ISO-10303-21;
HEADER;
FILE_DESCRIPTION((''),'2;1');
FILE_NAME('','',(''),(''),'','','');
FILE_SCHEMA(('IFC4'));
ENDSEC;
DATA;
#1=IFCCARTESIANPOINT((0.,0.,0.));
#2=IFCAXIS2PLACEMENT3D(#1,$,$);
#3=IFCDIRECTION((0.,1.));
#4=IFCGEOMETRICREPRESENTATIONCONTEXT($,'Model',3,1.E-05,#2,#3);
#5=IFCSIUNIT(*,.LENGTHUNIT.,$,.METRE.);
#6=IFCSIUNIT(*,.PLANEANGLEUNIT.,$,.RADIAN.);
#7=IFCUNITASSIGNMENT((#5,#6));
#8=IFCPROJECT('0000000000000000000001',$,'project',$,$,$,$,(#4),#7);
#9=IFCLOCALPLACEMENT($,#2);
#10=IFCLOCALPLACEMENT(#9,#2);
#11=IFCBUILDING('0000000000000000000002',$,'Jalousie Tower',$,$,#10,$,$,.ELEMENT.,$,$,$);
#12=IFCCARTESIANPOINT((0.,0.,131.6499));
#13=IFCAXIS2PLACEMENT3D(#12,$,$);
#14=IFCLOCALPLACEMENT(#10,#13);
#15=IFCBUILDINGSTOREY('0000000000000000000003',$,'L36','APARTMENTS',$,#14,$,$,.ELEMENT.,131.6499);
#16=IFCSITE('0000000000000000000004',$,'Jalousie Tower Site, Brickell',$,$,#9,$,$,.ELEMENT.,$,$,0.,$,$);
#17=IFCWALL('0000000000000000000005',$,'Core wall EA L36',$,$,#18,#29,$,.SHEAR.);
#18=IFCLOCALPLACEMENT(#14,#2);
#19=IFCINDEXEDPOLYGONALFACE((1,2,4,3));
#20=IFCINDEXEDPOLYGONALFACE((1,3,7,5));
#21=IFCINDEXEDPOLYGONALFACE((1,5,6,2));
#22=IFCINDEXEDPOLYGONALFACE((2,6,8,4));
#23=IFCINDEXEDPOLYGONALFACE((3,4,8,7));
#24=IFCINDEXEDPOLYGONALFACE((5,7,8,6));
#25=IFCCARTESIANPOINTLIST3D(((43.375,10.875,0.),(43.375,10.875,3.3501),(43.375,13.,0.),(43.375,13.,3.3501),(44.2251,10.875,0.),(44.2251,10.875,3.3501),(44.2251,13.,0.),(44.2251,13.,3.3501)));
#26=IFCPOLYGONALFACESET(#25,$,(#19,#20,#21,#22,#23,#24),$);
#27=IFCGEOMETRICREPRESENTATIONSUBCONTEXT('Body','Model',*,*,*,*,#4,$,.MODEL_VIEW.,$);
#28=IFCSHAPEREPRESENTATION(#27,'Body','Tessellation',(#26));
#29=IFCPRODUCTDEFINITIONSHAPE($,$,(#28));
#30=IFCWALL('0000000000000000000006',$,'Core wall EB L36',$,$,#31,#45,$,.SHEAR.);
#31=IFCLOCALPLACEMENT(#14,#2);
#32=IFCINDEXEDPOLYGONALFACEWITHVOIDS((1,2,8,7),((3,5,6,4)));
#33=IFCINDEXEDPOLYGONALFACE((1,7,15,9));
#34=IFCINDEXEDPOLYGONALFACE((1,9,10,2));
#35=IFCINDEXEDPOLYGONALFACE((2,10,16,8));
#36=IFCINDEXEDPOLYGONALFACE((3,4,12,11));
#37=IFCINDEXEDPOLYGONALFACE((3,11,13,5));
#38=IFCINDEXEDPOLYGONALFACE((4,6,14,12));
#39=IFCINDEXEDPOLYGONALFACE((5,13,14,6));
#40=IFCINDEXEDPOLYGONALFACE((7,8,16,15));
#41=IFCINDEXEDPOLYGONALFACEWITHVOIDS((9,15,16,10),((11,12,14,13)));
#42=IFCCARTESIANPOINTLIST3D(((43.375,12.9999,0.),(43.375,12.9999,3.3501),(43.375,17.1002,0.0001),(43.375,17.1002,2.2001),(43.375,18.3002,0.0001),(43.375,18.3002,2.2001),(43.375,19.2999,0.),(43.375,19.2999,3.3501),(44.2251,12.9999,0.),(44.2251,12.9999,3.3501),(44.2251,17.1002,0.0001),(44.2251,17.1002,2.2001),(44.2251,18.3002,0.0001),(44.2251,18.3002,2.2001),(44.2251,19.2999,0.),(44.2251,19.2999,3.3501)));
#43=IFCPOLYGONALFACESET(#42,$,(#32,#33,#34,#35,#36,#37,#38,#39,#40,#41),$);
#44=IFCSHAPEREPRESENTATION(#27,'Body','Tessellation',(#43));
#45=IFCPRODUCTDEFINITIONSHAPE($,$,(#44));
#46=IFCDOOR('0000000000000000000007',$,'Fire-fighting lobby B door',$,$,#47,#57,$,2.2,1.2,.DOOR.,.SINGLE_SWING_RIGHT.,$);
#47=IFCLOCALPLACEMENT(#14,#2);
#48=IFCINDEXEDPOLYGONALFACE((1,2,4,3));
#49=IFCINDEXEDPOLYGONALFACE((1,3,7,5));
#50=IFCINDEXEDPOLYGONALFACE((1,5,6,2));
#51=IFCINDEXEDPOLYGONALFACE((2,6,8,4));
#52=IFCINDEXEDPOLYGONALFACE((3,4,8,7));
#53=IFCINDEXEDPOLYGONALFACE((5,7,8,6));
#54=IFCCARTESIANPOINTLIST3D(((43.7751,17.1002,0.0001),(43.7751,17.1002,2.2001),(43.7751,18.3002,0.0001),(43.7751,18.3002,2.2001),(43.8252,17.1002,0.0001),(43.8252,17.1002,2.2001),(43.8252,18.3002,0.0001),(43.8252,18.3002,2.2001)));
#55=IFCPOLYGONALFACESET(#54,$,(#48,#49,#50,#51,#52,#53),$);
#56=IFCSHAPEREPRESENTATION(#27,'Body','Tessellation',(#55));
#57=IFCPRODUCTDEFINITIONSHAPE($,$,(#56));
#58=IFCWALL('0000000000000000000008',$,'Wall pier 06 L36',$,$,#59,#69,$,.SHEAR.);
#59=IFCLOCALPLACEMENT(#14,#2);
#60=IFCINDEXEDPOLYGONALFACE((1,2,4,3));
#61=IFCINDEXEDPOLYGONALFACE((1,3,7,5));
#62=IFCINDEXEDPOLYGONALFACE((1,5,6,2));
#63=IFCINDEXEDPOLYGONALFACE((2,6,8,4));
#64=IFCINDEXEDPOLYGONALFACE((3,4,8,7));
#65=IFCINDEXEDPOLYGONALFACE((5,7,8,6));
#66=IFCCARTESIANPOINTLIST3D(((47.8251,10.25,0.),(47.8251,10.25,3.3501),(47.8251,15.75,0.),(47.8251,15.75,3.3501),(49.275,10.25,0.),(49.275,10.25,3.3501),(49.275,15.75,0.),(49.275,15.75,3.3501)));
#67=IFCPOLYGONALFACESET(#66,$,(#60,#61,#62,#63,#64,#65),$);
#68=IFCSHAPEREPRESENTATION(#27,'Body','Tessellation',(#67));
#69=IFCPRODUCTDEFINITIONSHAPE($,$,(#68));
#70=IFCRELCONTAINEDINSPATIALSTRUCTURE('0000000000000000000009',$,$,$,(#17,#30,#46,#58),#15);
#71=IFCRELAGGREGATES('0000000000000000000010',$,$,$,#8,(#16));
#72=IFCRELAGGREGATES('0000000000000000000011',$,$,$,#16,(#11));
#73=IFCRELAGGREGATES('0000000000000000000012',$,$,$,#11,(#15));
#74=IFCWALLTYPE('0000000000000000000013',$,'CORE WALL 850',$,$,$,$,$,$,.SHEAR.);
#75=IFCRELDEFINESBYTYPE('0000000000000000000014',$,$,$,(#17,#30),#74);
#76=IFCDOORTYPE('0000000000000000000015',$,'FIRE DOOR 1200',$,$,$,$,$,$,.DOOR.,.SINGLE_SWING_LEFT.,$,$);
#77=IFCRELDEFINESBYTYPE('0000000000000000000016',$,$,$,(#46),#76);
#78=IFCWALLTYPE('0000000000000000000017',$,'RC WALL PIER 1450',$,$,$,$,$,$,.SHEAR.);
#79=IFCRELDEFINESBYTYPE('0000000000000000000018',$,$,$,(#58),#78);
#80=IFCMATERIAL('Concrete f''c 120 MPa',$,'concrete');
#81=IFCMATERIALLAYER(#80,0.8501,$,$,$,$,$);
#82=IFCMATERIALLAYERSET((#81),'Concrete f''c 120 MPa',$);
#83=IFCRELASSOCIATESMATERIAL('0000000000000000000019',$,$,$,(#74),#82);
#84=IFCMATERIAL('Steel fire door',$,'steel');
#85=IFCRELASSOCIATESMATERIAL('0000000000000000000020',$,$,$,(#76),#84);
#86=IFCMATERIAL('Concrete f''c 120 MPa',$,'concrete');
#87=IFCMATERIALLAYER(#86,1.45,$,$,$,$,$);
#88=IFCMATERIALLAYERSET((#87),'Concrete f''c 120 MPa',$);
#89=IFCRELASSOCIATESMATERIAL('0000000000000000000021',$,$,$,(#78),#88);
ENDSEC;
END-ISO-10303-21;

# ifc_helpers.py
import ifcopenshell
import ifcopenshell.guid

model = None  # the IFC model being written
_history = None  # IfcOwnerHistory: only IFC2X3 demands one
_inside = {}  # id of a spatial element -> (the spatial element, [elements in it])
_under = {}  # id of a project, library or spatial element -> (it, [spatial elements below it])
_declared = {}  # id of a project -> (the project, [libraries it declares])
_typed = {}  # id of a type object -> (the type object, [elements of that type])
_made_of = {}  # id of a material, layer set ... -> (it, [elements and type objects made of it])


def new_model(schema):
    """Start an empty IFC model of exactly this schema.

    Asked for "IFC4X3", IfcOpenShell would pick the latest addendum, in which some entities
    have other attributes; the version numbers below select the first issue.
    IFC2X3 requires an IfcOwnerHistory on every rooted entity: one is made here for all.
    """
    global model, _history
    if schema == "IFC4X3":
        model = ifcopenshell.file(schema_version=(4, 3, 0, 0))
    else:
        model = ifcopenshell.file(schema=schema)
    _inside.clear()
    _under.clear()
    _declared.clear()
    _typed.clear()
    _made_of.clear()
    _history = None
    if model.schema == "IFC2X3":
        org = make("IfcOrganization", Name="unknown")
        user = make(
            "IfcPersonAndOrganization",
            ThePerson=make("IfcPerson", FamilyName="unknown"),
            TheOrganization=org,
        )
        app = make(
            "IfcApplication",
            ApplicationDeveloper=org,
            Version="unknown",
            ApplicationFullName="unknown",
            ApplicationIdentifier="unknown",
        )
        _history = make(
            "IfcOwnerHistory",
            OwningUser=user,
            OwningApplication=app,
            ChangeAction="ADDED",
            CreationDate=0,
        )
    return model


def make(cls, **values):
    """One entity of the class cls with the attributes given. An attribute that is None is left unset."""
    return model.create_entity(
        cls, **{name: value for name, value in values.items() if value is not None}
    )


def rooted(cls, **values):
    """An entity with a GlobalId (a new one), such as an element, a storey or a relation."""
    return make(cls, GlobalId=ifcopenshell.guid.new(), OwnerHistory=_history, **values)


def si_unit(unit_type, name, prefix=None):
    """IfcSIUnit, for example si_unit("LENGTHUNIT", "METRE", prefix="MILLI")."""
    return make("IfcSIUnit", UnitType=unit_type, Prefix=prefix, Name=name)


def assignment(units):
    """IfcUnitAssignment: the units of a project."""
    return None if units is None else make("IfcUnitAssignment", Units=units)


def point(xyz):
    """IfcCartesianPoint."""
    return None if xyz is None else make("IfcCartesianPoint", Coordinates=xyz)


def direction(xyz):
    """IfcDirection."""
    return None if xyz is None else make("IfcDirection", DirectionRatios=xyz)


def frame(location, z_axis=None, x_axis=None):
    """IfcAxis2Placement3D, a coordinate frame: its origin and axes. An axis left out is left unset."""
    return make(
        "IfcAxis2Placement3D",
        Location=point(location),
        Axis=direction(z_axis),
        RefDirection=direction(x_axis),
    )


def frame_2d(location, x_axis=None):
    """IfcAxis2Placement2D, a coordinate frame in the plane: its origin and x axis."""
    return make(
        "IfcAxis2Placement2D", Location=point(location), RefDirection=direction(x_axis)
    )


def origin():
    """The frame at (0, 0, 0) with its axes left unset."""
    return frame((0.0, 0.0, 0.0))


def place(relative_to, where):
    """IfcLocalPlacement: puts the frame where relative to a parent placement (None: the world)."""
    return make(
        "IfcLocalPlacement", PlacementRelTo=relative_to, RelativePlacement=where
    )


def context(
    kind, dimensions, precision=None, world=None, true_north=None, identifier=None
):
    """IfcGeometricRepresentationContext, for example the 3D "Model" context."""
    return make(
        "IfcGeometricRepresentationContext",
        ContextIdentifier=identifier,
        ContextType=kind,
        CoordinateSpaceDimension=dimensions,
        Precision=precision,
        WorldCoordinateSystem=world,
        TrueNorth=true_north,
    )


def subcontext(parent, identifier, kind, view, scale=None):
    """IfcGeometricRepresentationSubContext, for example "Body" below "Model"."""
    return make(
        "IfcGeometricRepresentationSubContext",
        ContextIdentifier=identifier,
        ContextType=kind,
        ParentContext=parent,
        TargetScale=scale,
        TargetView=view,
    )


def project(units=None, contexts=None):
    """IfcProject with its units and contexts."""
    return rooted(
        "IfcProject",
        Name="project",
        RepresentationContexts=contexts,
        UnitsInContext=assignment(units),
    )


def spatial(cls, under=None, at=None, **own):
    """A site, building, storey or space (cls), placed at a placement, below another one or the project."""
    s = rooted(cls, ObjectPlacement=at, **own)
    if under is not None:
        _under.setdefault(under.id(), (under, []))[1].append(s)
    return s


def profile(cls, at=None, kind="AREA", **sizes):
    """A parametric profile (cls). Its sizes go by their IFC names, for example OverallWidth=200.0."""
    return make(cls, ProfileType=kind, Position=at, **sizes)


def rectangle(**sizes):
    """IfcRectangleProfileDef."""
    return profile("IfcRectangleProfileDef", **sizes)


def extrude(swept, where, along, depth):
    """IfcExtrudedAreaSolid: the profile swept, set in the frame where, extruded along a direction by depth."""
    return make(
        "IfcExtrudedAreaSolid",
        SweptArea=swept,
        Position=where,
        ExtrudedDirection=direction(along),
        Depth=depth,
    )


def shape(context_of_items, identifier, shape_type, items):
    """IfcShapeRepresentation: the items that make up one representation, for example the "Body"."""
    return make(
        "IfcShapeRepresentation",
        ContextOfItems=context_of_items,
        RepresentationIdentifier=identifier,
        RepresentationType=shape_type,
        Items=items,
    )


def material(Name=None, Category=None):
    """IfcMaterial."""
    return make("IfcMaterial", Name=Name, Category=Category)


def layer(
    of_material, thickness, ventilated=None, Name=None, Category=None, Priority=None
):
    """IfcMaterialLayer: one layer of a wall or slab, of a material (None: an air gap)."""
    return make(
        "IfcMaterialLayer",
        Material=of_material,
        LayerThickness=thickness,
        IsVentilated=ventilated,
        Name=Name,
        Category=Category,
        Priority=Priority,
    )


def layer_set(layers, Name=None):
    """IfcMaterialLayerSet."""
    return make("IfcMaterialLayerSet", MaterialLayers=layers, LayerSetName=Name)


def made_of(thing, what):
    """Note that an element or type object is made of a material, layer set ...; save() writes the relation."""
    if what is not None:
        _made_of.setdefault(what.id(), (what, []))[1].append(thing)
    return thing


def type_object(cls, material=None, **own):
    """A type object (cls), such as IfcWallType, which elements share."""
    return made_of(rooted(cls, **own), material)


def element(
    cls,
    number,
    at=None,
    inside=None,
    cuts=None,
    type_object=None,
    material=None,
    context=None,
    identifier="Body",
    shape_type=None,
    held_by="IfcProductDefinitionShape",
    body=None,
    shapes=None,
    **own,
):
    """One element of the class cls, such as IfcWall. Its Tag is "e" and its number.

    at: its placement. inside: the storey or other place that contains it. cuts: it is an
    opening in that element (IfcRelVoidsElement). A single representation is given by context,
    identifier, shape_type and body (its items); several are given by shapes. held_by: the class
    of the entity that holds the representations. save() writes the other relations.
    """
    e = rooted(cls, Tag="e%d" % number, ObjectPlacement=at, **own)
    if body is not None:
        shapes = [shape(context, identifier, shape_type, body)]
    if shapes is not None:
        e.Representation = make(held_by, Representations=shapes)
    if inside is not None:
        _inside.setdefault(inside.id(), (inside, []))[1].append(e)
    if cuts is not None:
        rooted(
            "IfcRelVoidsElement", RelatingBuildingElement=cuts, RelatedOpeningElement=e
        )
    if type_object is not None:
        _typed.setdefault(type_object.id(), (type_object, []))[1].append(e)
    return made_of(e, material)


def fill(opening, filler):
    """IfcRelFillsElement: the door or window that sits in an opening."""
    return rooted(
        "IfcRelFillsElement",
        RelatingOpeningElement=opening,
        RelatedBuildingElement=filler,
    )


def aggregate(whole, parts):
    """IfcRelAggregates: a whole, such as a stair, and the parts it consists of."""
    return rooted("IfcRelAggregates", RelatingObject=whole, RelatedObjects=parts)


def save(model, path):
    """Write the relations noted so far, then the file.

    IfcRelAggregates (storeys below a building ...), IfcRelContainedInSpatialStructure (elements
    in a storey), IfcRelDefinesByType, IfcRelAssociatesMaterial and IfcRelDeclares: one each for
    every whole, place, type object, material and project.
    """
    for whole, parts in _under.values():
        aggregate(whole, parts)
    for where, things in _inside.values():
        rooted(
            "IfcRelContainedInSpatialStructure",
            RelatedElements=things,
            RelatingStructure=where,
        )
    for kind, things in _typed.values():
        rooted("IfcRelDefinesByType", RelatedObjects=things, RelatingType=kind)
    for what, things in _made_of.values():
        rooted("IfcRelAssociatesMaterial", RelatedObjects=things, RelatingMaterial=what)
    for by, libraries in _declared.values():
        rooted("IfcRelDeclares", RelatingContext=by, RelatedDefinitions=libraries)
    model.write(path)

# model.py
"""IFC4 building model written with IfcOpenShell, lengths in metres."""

from ifc_helpers import new_model, si_unit, direction, frame, frame_2d, origin, place, context, subcontext, project, spatial, rectangle, extrude, material, layer, layer_set, type_object, element, fill, save


model = new_model("IFC4")

# Units and contexts
model_context = context("Model", 3, precision=1e-05, world=origin(), true_north=direction((0.0, 1.0)))
body_context = subcontext(model_context, "Body", "Model", "MODEL_VIEW")
ifc_project = project(units=[si_unit("LENGTHUNIT", "METRE"), si_unit("PLANEANGLEUNIT", "RADIAN")], contexts=[model_context])

# Site, building, storey
site_placement = place(None, origin())
site = spatial("IfcSite", under=ifc_project, at=site_placement, Name="Jalousie Tower Site, Brickell", CompositionType="ELEMENT", RefElevation=0.0)
building_placement = place(site_placement, origin())
building = spatial("IfcBuilding", under=site, at=building_placement, Name="Jalousie Tower", CompositionType="ELEMENT")
storey_placement = place(building_placement, frame((0.0, 0.0, 131.6499)))
storey = spatial("IfcBuildingStorey", under=building, at=storey_placement, Name="L36", Description="APARTMENTS", CompositionType="ELEMENT", Elevation=131.6499)

# Wall
ifc_material_1 = material(Name="Concrete f'c 120 MPa", Category="concrete")
ifc_layer_1 = layer(ifc_material_1, 0.8501)
ifc_layer_set_1 = layer_set([ifc_layer_1], Name="Concrete f'c 120 MPa")
wall_type_1 = type_object("IfcWallType", Name="CORE WALL 850", PredefinedType="SHEAR", material=ifc_layer_set_1)
wall_1_placement = place(storey_placement, frame((43.8, 10.875, 0.0), z_axis=(0.0, 0.0, 1.0), x_axis=(0.0, 1.0, 0.0)))
element("IfcWall", 1, at=wall_1_placement, inside=storey, type_object=wall_type_1, Name="Core wall EA L36", PredefinedType="SHEAR", context=body_context, shape_type="SweptSolid", body=[
    extrude(rectangle(XDim=2.125, YDim=0.8501, at=frame_2d((1.0625, 0.0))), origin(), (0.0, 0.0, 1.0), 3.3501),
])

# Wall, opening, door
wall_2_placement = place(storey_placement, frame((43.8, 13.0, 0.0), z_axis=(0.0, 0.0, 1.0), x_axis=(0.0, 1.0, 0.0)))
wall_2 = element("IfcWall", 2, at=wall_2_placement, inside=storey, type_object=wall_type_1, Name="Core wall EB L36", PredefinedType="SHEAR", context=body_context, shape_type="SweptSolid", body=[
    extrude(rectangle(XDim=6.3, YDim=0.8501, at=frame_2d((3.1499, 0.0))), origin(), (0.0, 0.0, 1.0), 3.3501),
])
opening_placement = place(wall_2_placement, frame((4.1001, 0.0, 0.0)))
opening = element("IfcOpeningElement", 3, at=opening_placement, cuts=wall_2, PredefinedType="OPENING", context=body_context, shape_type="SweptSolid", body=[
    extrude(rectangle(XDim=1.2, YDim=2.2, at=frame_2d((0.6001, 1.1001))), frame((0.0, 0.4351, 0.0), z_axis=(0.0, -1.0, 0.0), x_axis=(1.0, 0.0, 0.0)), (0.0, 0.0, 1.0), 0.8701),
])
ifc_material_2 = material(Name="Steel fire door", Category="steel")
door_type = type_object("IfcDoorType", Name="FIRE DOOR 1200", OperationType="SINGLE_SWING_LEFT", PredefinedType="DOOR", material=ifc_material_2)
door_placement = place(opening_placement, origin())
door = element("IfcDoor", 4, at=door_placement, inside=storey, type_object=door_type, Name="Fire-fighting lobby B door", OperationType="SINGLE_SWING_RIGHT", OverallHeight=2.2, OverallWidth=1.2, PredefinedType="DOOR", context=body_context, shape_type="SweptSolid", body=[
    extrude(rectangle(XDim=1.2, YDim=2.2, at=frame_2d((0.6001, 1.1001))), frame((0.0, 0.0249, 0.0), z_axis=(0.0, -1.0, 0.0), x_axis=(1.0, 0.0, 0.0)), (0.0, 0.0, 1.0), 0.05),
])
fill(opening, door)

# Wall
ifc_material_3 = material(Name="Concrete f'c 120 MPa", Category="concrete")
ifc_layer_2 = layer(ifc_material_3, 1.45)
ifc_layer_set_2 = layer_set([ifc_layer_2], Name="Concrete f'c 120 MPa")
wall_type_2 = type_object("IfcWallType", Name="RC WALL PIER 1450", PredefinedType="SHEAR", material=ifc_layer_set_2)
wall_3_placement = place(storey_placement, frame((48.55, 10.25, 0.0), z_axis=(0.0, 0.0, 1.0), x_axis=(0.0, 1.0, 0.0)))
element("IfcWall", 5, at=wall_3_placement, inside=storey, type_object=wall_type_2, Name="Wall pier 06 L36", PredefinedType="SHEAR", context=body_context, shape_type="SweptSolid", body=[
    extrude(rectangle(XDim=5.5, YDim=1.45, at=frame_2d((2.75, 0.0))), origin(), (0.0, 0.0, 1.0), 3.3501),
])

save(model, "model.ifc")
